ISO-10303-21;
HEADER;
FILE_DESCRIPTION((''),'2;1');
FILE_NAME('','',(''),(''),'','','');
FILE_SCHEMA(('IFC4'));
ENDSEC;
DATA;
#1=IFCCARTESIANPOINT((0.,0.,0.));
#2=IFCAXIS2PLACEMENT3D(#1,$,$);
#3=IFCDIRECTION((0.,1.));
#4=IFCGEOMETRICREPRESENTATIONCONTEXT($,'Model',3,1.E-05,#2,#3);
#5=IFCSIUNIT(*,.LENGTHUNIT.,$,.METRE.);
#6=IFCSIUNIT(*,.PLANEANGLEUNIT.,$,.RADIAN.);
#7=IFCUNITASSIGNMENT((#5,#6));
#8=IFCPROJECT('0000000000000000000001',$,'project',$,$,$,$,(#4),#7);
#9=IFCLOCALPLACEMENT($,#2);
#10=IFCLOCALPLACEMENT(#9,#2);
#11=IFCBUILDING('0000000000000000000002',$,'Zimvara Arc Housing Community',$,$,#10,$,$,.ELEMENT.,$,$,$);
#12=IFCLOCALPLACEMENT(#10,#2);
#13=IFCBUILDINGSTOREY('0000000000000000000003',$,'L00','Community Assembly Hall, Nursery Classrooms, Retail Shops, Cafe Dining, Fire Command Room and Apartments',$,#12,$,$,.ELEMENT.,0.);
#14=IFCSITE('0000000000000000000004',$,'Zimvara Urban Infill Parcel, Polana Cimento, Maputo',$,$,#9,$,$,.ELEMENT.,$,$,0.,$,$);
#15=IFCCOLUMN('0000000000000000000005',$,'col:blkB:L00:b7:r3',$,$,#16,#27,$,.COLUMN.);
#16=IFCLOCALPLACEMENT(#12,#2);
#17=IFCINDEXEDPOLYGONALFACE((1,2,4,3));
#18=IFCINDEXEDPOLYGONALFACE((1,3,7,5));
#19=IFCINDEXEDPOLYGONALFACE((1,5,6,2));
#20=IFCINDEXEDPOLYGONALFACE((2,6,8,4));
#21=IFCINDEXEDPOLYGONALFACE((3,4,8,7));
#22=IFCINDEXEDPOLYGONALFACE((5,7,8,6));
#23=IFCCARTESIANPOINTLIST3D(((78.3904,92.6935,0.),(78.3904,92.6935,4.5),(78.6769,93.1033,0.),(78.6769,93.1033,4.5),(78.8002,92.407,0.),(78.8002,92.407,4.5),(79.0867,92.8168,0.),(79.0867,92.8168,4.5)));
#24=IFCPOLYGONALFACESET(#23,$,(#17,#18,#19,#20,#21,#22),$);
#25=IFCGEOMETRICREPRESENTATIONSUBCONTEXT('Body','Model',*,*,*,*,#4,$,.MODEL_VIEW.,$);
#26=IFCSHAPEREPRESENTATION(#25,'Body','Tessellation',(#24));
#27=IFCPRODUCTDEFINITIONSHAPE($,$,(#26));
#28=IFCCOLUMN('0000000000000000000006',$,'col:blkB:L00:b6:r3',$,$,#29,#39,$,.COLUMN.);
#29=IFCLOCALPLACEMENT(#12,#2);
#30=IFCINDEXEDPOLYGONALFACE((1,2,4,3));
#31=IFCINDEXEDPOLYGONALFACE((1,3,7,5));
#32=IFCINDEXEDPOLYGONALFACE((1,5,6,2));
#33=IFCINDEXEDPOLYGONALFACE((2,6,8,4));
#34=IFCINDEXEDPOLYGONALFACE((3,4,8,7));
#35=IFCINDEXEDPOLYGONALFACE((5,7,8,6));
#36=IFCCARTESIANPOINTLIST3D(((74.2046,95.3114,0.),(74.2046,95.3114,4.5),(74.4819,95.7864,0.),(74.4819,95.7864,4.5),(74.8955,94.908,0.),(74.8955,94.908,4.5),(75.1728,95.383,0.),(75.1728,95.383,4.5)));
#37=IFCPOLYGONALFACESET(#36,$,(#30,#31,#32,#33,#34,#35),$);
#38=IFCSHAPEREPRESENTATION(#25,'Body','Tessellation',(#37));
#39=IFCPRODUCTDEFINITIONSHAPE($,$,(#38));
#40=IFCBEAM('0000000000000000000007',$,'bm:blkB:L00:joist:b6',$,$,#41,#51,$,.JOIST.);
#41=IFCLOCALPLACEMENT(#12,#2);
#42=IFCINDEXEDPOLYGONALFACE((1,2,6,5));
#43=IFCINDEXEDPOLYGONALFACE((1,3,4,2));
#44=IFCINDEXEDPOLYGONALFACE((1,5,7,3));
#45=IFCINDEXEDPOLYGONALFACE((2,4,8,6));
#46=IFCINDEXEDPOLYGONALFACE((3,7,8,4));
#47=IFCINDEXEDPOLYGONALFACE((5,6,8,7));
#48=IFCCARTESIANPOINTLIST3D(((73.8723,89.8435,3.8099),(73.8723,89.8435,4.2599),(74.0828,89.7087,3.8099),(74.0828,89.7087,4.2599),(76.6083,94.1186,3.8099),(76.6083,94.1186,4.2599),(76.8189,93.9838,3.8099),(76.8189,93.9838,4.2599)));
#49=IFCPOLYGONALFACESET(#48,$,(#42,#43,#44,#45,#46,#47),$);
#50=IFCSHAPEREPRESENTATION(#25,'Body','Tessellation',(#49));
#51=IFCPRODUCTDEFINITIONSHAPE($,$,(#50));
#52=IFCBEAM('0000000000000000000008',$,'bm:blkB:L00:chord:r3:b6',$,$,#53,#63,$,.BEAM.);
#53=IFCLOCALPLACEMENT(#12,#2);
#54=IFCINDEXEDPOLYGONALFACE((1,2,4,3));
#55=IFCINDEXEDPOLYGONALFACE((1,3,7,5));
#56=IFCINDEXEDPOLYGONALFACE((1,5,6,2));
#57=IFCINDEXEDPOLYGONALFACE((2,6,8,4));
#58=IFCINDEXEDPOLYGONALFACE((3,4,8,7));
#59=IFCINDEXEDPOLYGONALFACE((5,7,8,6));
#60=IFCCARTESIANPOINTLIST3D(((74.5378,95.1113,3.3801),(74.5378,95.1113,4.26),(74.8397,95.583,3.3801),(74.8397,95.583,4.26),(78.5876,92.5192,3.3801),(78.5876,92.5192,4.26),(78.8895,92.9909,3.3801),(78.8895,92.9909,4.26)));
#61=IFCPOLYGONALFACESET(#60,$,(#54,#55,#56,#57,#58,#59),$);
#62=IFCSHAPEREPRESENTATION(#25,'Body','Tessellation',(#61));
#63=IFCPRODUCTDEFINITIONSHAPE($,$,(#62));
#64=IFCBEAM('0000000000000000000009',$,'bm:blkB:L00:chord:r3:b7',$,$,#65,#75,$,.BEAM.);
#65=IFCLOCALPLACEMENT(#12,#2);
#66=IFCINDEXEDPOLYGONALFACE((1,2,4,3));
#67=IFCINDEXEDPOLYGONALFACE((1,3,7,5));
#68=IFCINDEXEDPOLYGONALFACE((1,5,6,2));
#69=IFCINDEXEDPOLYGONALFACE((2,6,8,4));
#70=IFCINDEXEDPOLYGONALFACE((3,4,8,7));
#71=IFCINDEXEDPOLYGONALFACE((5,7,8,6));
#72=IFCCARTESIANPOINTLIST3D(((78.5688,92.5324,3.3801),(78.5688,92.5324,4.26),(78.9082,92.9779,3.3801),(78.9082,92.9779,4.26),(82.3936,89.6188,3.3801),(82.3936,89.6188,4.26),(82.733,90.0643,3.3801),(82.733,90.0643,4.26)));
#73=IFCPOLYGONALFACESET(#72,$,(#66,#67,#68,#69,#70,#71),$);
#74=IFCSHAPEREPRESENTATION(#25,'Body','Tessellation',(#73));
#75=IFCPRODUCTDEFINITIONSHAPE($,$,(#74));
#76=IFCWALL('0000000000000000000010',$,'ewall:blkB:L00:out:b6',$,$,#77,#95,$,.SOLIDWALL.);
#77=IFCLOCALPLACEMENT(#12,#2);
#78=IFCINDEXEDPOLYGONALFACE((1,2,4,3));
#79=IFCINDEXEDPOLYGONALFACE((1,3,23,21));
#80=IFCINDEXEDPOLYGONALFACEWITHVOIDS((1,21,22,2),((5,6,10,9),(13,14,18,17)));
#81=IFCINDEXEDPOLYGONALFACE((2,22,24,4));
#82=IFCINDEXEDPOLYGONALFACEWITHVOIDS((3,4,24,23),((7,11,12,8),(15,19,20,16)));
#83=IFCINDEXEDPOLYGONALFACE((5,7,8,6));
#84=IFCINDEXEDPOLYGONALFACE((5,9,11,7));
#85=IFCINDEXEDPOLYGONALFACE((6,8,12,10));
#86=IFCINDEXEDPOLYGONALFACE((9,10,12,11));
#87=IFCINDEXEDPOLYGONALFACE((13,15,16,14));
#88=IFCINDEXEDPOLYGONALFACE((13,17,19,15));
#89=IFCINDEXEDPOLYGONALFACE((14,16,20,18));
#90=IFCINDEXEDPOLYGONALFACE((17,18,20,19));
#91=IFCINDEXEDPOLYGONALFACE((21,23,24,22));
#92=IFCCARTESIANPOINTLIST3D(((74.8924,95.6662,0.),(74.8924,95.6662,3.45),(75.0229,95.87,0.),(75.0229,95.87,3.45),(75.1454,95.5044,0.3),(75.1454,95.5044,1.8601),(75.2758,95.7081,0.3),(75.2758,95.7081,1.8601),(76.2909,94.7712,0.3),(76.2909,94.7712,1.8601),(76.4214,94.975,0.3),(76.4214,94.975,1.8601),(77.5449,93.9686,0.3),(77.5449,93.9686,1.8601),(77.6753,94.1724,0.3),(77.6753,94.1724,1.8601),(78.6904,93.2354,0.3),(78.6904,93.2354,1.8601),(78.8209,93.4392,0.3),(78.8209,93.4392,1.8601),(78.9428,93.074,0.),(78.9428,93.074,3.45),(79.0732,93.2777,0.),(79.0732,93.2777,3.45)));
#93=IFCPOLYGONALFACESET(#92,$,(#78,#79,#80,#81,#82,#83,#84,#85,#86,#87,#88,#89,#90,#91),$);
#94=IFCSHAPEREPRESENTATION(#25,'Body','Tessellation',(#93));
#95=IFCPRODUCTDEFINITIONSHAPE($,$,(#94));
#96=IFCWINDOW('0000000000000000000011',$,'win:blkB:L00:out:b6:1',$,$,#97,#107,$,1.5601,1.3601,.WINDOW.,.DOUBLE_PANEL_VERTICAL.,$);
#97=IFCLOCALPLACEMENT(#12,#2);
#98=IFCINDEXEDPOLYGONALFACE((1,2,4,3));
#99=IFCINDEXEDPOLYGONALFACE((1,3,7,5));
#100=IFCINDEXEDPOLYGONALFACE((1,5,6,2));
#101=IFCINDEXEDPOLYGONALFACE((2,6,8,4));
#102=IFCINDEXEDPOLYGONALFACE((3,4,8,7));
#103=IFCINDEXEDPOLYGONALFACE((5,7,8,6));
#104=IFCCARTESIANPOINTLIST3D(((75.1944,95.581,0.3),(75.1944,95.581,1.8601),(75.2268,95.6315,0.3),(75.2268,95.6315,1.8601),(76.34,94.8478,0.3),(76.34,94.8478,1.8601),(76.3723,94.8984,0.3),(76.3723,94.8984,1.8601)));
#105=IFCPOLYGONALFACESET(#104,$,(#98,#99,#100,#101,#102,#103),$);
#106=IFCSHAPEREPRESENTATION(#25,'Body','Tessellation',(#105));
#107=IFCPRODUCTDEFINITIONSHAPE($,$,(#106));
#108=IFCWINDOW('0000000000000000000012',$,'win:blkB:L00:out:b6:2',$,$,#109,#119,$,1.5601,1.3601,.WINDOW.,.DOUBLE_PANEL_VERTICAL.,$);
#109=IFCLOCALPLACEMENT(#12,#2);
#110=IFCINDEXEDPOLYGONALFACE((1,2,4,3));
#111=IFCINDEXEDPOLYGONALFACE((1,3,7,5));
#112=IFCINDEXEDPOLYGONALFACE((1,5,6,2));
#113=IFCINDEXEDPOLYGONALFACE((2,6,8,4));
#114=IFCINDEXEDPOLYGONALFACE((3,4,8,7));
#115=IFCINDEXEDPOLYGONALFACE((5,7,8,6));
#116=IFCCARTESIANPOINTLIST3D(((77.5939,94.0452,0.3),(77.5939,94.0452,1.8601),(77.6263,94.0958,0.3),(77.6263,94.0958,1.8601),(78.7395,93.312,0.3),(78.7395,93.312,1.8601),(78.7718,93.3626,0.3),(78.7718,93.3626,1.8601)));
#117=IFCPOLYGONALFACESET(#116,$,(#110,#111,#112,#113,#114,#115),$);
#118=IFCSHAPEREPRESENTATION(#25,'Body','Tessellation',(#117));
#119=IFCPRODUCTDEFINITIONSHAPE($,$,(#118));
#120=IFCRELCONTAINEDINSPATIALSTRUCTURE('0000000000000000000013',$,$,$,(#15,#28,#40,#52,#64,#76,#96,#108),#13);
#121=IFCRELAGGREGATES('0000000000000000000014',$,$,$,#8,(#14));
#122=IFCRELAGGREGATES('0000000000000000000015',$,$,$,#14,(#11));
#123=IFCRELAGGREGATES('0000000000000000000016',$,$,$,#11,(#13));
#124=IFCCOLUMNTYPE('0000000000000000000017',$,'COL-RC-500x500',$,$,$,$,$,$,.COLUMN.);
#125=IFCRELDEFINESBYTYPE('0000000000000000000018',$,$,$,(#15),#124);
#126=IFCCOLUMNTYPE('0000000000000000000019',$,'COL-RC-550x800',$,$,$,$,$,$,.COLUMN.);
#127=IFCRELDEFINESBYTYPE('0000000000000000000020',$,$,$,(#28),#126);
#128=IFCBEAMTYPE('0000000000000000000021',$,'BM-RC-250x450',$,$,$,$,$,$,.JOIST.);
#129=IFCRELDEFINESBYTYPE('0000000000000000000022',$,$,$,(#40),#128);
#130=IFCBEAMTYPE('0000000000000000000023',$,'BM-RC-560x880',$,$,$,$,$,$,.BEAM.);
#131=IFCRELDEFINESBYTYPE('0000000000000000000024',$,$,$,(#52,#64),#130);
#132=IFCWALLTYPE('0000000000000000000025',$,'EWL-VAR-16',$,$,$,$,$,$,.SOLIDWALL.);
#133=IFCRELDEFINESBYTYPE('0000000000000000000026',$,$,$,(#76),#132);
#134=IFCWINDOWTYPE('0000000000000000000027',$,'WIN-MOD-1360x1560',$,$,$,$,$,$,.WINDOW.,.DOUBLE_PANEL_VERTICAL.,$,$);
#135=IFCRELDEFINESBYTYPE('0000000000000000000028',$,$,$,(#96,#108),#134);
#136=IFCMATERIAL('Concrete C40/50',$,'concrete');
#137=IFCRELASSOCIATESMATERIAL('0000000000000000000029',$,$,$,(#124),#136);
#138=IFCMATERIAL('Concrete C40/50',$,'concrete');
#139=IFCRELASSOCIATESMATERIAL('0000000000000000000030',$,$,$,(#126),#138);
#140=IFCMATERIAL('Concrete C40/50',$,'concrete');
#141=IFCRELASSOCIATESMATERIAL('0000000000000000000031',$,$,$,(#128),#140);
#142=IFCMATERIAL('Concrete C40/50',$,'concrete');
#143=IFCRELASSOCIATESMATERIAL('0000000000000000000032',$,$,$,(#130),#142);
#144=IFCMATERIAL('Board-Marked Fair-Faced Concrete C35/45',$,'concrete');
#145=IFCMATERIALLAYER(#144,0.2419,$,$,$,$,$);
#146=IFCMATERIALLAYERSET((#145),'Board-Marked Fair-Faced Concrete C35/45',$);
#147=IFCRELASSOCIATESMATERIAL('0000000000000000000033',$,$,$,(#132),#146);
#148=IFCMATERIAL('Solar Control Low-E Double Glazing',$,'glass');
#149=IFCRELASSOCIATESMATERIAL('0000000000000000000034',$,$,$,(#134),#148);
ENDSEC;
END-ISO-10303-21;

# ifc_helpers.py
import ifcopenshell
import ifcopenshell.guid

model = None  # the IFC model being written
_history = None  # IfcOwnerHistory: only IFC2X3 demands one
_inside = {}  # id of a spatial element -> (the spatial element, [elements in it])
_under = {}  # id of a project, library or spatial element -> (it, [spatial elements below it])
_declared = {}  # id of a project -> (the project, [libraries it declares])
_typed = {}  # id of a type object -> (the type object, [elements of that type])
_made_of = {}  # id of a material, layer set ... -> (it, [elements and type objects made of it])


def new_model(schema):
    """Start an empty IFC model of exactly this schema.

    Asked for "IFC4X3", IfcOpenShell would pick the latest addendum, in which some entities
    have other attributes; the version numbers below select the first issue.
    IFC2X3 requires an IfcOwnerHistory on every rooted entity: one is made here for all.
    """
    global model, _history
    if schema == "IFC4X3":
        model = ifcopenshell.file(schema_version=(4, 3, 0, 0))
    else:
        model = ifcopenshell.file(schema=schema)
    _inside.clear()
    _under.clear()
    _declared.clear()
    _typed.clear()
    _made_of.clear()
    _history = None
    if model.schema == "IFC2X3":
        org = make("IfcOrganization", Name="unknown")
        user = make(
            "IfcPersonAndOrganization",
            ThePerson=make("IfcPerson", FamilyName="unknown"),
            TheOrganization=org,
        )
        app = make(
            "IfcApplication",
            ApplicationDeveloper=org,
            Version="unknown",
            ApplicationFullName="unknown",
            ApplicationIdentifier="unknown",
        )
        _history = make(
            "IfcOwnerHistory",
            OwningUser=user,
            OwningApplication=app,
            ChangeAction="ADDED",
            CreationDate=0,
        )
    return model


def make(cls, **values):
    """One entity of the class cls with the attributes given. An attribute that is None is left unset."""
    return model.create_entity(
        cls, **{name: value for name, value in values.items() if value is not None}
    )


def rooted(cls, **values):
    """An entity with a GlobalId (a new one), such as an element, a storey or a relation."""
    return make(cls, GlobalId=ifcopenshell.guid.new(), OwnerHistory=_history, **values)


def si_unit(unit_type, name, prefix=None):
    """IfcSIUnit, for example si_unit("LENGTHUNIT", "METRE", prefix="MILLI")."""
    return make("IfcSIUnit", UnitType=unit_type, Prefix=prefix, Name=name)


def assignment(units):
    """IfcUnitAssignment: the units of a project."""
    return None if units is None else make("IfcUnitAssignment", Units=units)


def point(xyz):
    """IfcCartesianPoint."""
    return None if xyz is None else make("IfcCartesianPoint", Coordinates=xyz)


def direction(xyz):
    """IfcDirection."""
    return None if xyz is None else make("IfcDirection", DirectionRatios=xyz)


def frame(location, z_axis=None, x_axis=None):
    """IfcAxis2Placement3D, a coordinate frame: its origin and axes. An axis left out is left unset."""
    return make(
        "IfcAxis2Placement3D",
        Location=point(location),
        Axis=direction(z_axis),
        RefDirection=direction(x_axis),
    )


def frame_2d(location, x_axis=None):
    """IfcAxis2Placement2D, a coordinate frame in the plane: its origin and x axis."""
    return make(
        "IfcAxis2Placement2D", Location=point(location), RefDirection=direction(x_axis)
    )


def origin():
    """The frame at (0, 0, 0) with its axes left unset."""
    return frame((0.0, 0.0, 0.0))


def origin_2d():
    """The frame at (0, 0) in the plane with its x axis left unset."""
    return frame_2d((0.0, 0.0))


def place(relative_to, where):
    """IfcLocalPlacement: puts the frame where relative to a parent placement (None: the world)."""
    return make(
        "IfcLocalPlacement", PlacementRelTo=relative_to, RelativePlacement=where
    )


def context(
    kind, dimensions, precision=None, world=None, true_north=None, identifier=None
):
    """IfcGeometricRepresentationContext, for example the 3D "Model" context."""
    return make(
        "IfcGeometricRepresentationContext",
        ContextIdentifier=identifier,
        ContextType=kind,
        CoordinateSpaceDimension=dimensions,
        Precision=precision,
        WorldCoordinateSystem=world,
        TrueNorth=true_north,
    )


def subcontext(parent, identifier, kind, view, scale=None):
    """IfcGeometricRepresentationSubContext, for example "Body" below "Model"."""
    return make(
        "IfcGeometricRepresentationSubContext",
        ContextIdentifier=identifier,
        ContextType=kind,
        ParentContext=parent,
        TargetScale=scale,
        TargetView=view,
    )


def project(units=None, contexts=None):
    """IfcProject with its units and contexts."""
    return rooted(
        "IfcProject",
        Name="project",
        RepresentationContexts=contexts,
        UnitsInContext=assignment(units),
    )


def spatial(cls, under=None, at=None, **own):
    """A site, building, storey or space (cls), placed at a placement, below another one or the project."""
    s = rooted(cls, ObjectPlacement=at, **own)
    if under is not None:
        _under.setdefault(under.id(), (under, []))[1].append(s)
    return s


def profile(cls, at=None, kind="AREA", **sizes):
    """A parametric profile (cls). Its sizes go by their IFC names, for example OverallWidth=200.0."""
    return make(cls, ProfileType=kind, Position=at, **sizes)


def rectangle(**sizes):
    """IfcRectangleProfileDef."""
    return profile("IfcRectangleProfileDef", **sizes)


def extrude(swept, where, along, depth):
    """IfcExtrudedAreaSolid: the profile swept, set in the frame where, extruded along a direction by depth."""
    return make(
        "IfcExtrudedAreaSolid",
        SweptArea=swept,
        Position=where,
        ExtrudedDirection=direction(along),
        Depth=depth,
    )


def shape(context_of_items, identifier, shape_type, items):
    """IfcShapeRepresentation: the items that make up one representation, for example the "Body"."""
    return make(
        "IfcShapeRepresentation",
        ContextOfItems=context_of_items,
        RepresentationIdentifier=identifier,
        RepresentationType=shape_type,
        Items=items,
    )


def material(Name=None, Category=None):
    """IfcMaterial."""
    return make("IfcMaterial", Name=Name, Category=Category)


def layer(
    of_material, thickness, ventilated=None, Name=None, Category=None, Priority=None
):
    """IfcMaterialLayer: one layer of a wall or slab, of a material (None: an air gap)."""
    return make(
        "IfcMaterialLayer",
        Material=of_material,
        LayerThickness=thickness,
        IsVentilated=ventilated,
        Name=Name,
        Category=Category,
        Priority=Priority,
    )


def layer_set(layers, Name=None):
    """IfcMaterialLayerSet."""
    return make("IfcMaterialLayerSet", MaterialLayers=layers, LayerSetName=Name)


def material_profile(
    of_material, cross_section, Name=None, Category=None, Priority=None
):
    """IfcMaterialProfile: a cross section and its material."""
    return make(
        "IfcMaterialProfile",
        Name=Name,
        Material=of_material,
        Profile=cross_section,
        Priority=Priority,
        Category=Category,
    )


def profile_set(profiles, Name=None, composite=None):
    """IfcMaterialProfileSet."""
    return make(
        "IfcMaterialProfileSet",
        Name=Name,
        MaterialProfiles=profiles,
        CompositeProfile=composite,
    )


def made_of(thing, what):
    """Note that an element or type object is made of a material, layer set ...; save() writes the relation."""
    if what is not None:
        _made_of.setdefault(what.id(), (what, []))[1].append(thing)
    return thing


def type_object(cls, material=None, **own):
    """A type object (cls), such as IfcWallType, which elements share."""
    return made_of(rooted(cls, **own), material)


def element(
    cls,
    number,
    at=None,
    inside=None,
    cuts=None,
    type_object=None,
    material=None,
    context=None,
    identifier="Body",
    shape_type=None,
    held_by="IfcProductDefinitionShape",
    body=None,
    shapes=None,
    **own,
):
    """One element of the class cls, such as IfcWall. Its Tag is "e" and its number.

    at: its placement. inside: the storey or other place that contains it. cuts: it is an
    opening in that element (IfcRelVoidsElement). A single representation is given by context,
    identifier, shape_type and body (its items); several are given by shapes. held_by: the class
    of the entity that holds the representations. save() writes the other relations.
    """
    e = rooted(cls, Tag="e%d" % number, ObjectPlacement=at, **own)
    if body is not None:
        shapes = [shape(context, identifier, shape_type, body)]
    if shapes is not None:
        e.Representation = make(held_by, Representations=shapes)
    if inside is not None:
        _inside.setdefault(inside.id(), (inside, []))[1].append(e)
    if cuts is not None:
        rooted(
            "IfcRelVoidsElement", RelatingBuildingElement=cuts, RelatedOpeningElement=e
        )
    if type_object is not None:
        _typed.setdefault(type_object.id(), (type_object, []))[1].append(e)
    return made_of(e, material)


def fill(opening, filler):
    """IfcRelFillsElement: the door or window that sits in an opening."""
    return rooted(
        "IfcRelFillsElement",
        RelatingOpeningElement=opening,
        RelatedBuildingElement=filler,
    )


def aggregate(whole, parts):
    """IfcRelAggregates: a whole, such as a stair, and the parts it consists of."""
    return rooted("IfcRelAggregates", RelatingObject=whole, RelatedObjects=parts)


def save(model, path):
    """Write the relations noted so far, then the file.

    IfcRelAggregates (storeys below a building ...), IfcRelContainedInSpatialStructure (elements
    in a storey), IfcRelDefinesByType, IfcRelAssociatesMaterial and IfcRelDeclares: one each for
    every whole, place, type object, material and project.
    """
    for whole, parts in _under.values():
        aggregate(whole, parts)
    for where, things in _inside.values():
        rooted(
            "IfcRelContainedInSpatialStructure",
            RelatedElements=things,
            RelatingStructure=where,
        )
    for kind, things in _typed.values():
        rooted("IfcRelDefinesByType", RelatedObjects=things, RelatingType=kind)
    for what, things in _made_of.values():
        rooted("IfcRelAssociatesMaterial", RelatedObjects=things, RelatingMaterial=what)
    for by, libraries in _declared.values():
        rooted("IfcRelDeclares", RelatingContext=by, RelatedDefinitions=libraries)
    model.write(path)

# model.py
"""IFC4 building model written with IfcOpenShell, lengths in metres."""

from ifc_helpers import new_model, si_unit, direction, frame, frame_2d, origin, origin_2d, place, context, subcontext, project, spatial, rectangle, extrude, material, layer, layer_set, material_profile, profile_set, type_object, element, fill, save


model = new_model("IFC4")

# Units and contexts
model_context = context("Model", 3, precision=1e-05, world=origin(), true_north=direction((0.0, 1.0)))
body_context = subcontext(model_context, "Body", "Model", "MODEL_VIEW")
ifc_project = project(units=[si_unit("LENGTHUNIT", "METRE"), si_unit("PLANEANGLEUNIT", "RADIAN")], contexts=[model_context])

# Site, building, storey
site_placement = place(None, origin())
site = spatial("IfcSite", under=ifc_project, at=site_placement, Name="Zimvara Urban Infill Parcel, Polana Cimento, Maputo", CompositionType="ELEMENT", RefElevation=0.0)
building_placement = place(site_placement, origin())
building = spatial("IfcBuilding", under=site, at=building_placement, Name="Zimvara Arc Housing Community", CompositionType="ELEMENT")
storey_placement = place(building_placement, origin())
storey = spatial("IfcBuildingStorey", under=building, at=storey_placement, Name="L00", Description="Community Assembly Hall, Nursery Classrooms, Retail Shops, Cafe Dining, Fire Command Room and Apartments", CompositionType="ELEMENT", Elevation=0.0)

# Columns
ifc_material_1 = material(Name="Concrete C40/50", Category="concrete")
ifc_material_profile_1 = material_profile(ifc_material_1, rectangle(XDim=0.5, YDim=0.5, at=origin_2d()), Name="RC 500x500")
ifc_profile_set_1 = profile_set([ifc_material_profile_1], Name="Concrete C40/50")
column_type_1 = type_object("IfcColumnType", Name="COL-RC-500x500", PredefinedType="COLUMN", material=ifc_profile_set_1)
column_1_placement = place(storey_placement, frame((78.7385, 92.7551, 0.0), z_axis=(0.0, 0.0, 1.0), x_axis=(0.573004, 0.819552, 0.0)))
element("IfcColumn", 1, at=column_1_placement, inside=storey, type_object=column_type_1, Name="col:blkB:L00:b7:r3", PredefinedType="COLUMN", context=body_context, shape_type="SweptSolid", body=[
    extrude(rectangle(XDim=0.5, YDim=0.5, at=origin_2d()), origin(), (0.0, 0.0, 1.0), 4.5),
])
ifc_material_2 = material(Name="Concrete C40/50", Category="concrete")
ifc_material_profile_2 = material_profile(ifc_material_2, rectangle(XDim=0.55, YDim=0.8, at=origin_2d()), Name="RC 550x800")
ifc_profile_set_2 = profile_set([ifc_material_profile_2], Name="Concrete C40/50")
column_type_2 = type_object("IfcColumnType", Name="COL-RC-550x800", PredefinedType="COLUMN", material=ifc_profile_set_2)
column_2_placement = place(storey_placement, frame((74.6887, 95.3472, 0.0), z_axis=(0.0, 0.0, 1.0), x_axis=(0.504226, 0.863572, 0.0)))
element("IfcColumn", 2, at=column_2_placement, inside=storey, type_object=column_type_2, Name="col:blkB:L00:b6:r3", PredefinedType="COLUMN", context=body_context, shape_type="SweptSolid", body=[
    extrude(rectangle(XDim=0.55, YDim=0.8, at=origin_2d()), origin(), (0.0, 0.0, 1.0), 4.5),
])

# Beams
ifc_material_3 = material(Name="Concrete C40/50", Category="concrete")
ifc_material_profile_3 = material_profile(ifc_material_3, rectangle(XDim=0.25, YDim=0.45, at=origin_2d()), Name="RC 250x450")
ifc_profile_set_3 = profile_set([ifc_material_profile_3], Name="Concrete C40/50")
beam_type_1 = type_object("IfcBeamType", Name="BM-RC-250x450", PredefinedType="JOIST", material=ifc_profile_set_3)
beam_1_placement = place(storey_placement, frame((73.9775, 89.7761, 4.0349), z_axis=(0.539052, 0.842272, 0.0), x_axis=(-0.842272, 0.539052, 0.0)))
element("IfcBeam", 3, at=beam_1_placement, inside=storey, type_object=beam_type_1, Name="bm:blkB:L00:joist:b6", PredefinedType="JOIST", context=body_context, shape_type="SweptSolid", body=[
    extrude(rectangle(XDim=0.25, YDim=0.45, at=origin_2d()), origin(), (0.0, 0.0, 1.0), 5.0757),
])
ifc_material_4 = material(Name="Concrete C40/50", Category="concrete")
ifc_material_profile_4 = material_profile(ifc_material_4, rectangle(XDim=0.5601, YDim=0.8799, at=origin_2d()), Name="RC 560x880")
ifc_profile_set_4 = profile_set([ifc_material_profile_4], Name="Concrete C40/50")
beam_type_2 = type_object("IfcBeamType", Name="BM-RC-560x880", PredefinedType="BEAM", material=ifc_profile_set_4)
beam_2_placement = place(storey_placement, frame((74.6887, 95.3472, 3.8201), z_axis=(0.842256, -0.539078, 0.0), x_axis=(0.539078, 0.842256, 0.0)))
element("IfcBeam", 4, at=beam_2_placement, inside=storey, type_object=beam_type_2, Name="bm:blkB:L00:chord:r3:b6", PredefinedType="BEAM", context=body_context, shape_type="SweptSolid", body=[
    extrude(rectangle(XDim=0.5601, YDim=0.8799, at=origin_2d()), origin(), (0.0, 0.0, 1.0), 4.8083),
])
beam_3_placement = place(storey_placement, frame((78.7385, 92.7551, 3.8201), z_axis=(0.795481, -0.605979, 0.0), x_axis=(0.605979, 0.795481, 0.0)))
element("IfcBeam", 5, at=beam_3_placement, inside=storey, type_object=beam_type_2, Name="bm:blkB:L00:chord:r3:b7", PredefinedType="BEAM", context=body_context, shape_type="SweptSolid", body=[
    extrude(rectangle(XDim=0.5601, YDim=0.8799, at=origin_2d()), origin(), (0.0, 0.0, 1.0), 4.8081),
])

# Wall, openings, windows
ifc_material_5 = material(Name="Board-Marked Fair-Faced Concrete C35/45", Category="concrete")
ifc_layer_1 = layer(ifc_material_5, 0.2419)
ifc_layer_set_1 = layer_set([ifc_layer_1], Name="Board-Marked Fair-Faced Concrete C35/45")
wall_type_1 = type_object("IfcWallType", Name="EWL-VAR-16", PredefinedType="SOLIDWALL", material=ifc_layer_set_1)
wall_1_placement = place(storey_placement, frame((74.9578, 95.7681, 0.0), z_axis=(0.0, 0.0, 1.0), x_axis=(0.842262, -0.539068, 0.0)))
wall_1 = element("IfcWall", 6, at=wall_1_placement, inside=storey, type_object=wall_type_1, Name="ewall:blkB:L00:out:b6", PredefinedType="SOLIDWALL", context=body_context, shape_type="SweptSolid", body=[
    extrude(rectangle(XDim=4.8088, YDim=0.2419, at=frame_2d((2.4043, 0.0))), origin(), (0.0, 0.0, 1.0), 3.45),
])
opening_1_placement = place(wall_1_placement, frame((0.3, 0.0, 0.3)))
opening_1 = element("IfcOpeningElement", 7, at=opening_1_placement, cuts=wall_1, PredefinedType="OPENING", context=body_context, shape_type="SweptSolid", body=[
    extrude(rectangle(XDim=1.3601, YDim=1.5601, at=frame_2d((0.6802, 0.78))), frame((0.0, 0.1309, 0.0), z_axis=(0.0, -1.0, 0.0), x_axis=(1.0, 0.0, 0.0)), (0.0, 0.0, 1.0), 0.262),
])
opening_2_placement = place(wall_1_placement, frame((3.1489, 0.0, 0.3)))
opening_2 = element("IfcOpeningElement", 8, at=opening_2_placement, cuts=wall_1, PredefinedType="OPENING", context=body_context, shape_type="SweptSolid", body=[
    extrude(rectangle(XDim=1.3601, YDim=1.5601, at=frame_2d((0.6802, 0.78))), frame((0.0, 0.1309, 0.0), z_axis=(0.0, -1.0, 0.0), x_axis=(1.0, 0.0, 0.0)), (0.0, 0.0, 1.0), 0.262),
])
ifc_material_6 = material(Name="Solar Control Low-E Double Glazing", Category="glass")
window_type_1 = type_object("IfcWindowType", Name="WIN-MOD-1360x1560", PartitioningType="DOUBLE_PANEL_VERTICAL", PredefinedType="WINDOW", material=ifc_material_6)
window_1_placement = place(opening_1_placement, origin())
window_1 = element("IfcWindow", 9, at=window_1_placement, inside=storey, type_object=window_type_1, Name="win:blkB:L00:out:b6:1", OverallHeight=1.5601, OverallWidth=1.3601, PartitioningType="DOUBLE_PANEL_VERTICAL", PredefinedType="WINDOW", context=body_context, shape_type="SweptSolid", body=[
    extrude(rectangle(XDim=1.3601, YDim=1.5601, at=frame_2d((0.6802, 0.78))), frame((0.0, 0.03, 0.0), z_axis=(0.0, -1.0, 0.0), x_axis=(1.0, 0.0, 0.0)), (0.0, 0.0, 1.0), 0.0601),
])
fill(opening_1, window_1)
window_2_placement = place(opening_2_placement, origin())
window_2 = element("IfcWindow", 10, at=window_2_placement, inside=storey, type_object=window_type_1, Name="win:blkB:L00:out:b6:2", OverallHeight=1.5601, OverallWidth=1.3601, PartitioningType="DOUBLE_PANEL_VERTICAL", PredefinedType="WINDOW", context=body_context, shape_type="SweptSolid", body=[
    extrude(rectangle(XDim=1.3601, YDim=1.5601, at=frame_2d((0.6802, 0.78))), frame((0.0, 0.03, 0.0), z_axis=(0.0, -1.0, 0.0), x_axis=(1.0, 0.0, 0.0)), (0.0, 0.0, 1.0), 0.0601),
])
fill(opening_2, window_2)

save(model, "model.ifc")
